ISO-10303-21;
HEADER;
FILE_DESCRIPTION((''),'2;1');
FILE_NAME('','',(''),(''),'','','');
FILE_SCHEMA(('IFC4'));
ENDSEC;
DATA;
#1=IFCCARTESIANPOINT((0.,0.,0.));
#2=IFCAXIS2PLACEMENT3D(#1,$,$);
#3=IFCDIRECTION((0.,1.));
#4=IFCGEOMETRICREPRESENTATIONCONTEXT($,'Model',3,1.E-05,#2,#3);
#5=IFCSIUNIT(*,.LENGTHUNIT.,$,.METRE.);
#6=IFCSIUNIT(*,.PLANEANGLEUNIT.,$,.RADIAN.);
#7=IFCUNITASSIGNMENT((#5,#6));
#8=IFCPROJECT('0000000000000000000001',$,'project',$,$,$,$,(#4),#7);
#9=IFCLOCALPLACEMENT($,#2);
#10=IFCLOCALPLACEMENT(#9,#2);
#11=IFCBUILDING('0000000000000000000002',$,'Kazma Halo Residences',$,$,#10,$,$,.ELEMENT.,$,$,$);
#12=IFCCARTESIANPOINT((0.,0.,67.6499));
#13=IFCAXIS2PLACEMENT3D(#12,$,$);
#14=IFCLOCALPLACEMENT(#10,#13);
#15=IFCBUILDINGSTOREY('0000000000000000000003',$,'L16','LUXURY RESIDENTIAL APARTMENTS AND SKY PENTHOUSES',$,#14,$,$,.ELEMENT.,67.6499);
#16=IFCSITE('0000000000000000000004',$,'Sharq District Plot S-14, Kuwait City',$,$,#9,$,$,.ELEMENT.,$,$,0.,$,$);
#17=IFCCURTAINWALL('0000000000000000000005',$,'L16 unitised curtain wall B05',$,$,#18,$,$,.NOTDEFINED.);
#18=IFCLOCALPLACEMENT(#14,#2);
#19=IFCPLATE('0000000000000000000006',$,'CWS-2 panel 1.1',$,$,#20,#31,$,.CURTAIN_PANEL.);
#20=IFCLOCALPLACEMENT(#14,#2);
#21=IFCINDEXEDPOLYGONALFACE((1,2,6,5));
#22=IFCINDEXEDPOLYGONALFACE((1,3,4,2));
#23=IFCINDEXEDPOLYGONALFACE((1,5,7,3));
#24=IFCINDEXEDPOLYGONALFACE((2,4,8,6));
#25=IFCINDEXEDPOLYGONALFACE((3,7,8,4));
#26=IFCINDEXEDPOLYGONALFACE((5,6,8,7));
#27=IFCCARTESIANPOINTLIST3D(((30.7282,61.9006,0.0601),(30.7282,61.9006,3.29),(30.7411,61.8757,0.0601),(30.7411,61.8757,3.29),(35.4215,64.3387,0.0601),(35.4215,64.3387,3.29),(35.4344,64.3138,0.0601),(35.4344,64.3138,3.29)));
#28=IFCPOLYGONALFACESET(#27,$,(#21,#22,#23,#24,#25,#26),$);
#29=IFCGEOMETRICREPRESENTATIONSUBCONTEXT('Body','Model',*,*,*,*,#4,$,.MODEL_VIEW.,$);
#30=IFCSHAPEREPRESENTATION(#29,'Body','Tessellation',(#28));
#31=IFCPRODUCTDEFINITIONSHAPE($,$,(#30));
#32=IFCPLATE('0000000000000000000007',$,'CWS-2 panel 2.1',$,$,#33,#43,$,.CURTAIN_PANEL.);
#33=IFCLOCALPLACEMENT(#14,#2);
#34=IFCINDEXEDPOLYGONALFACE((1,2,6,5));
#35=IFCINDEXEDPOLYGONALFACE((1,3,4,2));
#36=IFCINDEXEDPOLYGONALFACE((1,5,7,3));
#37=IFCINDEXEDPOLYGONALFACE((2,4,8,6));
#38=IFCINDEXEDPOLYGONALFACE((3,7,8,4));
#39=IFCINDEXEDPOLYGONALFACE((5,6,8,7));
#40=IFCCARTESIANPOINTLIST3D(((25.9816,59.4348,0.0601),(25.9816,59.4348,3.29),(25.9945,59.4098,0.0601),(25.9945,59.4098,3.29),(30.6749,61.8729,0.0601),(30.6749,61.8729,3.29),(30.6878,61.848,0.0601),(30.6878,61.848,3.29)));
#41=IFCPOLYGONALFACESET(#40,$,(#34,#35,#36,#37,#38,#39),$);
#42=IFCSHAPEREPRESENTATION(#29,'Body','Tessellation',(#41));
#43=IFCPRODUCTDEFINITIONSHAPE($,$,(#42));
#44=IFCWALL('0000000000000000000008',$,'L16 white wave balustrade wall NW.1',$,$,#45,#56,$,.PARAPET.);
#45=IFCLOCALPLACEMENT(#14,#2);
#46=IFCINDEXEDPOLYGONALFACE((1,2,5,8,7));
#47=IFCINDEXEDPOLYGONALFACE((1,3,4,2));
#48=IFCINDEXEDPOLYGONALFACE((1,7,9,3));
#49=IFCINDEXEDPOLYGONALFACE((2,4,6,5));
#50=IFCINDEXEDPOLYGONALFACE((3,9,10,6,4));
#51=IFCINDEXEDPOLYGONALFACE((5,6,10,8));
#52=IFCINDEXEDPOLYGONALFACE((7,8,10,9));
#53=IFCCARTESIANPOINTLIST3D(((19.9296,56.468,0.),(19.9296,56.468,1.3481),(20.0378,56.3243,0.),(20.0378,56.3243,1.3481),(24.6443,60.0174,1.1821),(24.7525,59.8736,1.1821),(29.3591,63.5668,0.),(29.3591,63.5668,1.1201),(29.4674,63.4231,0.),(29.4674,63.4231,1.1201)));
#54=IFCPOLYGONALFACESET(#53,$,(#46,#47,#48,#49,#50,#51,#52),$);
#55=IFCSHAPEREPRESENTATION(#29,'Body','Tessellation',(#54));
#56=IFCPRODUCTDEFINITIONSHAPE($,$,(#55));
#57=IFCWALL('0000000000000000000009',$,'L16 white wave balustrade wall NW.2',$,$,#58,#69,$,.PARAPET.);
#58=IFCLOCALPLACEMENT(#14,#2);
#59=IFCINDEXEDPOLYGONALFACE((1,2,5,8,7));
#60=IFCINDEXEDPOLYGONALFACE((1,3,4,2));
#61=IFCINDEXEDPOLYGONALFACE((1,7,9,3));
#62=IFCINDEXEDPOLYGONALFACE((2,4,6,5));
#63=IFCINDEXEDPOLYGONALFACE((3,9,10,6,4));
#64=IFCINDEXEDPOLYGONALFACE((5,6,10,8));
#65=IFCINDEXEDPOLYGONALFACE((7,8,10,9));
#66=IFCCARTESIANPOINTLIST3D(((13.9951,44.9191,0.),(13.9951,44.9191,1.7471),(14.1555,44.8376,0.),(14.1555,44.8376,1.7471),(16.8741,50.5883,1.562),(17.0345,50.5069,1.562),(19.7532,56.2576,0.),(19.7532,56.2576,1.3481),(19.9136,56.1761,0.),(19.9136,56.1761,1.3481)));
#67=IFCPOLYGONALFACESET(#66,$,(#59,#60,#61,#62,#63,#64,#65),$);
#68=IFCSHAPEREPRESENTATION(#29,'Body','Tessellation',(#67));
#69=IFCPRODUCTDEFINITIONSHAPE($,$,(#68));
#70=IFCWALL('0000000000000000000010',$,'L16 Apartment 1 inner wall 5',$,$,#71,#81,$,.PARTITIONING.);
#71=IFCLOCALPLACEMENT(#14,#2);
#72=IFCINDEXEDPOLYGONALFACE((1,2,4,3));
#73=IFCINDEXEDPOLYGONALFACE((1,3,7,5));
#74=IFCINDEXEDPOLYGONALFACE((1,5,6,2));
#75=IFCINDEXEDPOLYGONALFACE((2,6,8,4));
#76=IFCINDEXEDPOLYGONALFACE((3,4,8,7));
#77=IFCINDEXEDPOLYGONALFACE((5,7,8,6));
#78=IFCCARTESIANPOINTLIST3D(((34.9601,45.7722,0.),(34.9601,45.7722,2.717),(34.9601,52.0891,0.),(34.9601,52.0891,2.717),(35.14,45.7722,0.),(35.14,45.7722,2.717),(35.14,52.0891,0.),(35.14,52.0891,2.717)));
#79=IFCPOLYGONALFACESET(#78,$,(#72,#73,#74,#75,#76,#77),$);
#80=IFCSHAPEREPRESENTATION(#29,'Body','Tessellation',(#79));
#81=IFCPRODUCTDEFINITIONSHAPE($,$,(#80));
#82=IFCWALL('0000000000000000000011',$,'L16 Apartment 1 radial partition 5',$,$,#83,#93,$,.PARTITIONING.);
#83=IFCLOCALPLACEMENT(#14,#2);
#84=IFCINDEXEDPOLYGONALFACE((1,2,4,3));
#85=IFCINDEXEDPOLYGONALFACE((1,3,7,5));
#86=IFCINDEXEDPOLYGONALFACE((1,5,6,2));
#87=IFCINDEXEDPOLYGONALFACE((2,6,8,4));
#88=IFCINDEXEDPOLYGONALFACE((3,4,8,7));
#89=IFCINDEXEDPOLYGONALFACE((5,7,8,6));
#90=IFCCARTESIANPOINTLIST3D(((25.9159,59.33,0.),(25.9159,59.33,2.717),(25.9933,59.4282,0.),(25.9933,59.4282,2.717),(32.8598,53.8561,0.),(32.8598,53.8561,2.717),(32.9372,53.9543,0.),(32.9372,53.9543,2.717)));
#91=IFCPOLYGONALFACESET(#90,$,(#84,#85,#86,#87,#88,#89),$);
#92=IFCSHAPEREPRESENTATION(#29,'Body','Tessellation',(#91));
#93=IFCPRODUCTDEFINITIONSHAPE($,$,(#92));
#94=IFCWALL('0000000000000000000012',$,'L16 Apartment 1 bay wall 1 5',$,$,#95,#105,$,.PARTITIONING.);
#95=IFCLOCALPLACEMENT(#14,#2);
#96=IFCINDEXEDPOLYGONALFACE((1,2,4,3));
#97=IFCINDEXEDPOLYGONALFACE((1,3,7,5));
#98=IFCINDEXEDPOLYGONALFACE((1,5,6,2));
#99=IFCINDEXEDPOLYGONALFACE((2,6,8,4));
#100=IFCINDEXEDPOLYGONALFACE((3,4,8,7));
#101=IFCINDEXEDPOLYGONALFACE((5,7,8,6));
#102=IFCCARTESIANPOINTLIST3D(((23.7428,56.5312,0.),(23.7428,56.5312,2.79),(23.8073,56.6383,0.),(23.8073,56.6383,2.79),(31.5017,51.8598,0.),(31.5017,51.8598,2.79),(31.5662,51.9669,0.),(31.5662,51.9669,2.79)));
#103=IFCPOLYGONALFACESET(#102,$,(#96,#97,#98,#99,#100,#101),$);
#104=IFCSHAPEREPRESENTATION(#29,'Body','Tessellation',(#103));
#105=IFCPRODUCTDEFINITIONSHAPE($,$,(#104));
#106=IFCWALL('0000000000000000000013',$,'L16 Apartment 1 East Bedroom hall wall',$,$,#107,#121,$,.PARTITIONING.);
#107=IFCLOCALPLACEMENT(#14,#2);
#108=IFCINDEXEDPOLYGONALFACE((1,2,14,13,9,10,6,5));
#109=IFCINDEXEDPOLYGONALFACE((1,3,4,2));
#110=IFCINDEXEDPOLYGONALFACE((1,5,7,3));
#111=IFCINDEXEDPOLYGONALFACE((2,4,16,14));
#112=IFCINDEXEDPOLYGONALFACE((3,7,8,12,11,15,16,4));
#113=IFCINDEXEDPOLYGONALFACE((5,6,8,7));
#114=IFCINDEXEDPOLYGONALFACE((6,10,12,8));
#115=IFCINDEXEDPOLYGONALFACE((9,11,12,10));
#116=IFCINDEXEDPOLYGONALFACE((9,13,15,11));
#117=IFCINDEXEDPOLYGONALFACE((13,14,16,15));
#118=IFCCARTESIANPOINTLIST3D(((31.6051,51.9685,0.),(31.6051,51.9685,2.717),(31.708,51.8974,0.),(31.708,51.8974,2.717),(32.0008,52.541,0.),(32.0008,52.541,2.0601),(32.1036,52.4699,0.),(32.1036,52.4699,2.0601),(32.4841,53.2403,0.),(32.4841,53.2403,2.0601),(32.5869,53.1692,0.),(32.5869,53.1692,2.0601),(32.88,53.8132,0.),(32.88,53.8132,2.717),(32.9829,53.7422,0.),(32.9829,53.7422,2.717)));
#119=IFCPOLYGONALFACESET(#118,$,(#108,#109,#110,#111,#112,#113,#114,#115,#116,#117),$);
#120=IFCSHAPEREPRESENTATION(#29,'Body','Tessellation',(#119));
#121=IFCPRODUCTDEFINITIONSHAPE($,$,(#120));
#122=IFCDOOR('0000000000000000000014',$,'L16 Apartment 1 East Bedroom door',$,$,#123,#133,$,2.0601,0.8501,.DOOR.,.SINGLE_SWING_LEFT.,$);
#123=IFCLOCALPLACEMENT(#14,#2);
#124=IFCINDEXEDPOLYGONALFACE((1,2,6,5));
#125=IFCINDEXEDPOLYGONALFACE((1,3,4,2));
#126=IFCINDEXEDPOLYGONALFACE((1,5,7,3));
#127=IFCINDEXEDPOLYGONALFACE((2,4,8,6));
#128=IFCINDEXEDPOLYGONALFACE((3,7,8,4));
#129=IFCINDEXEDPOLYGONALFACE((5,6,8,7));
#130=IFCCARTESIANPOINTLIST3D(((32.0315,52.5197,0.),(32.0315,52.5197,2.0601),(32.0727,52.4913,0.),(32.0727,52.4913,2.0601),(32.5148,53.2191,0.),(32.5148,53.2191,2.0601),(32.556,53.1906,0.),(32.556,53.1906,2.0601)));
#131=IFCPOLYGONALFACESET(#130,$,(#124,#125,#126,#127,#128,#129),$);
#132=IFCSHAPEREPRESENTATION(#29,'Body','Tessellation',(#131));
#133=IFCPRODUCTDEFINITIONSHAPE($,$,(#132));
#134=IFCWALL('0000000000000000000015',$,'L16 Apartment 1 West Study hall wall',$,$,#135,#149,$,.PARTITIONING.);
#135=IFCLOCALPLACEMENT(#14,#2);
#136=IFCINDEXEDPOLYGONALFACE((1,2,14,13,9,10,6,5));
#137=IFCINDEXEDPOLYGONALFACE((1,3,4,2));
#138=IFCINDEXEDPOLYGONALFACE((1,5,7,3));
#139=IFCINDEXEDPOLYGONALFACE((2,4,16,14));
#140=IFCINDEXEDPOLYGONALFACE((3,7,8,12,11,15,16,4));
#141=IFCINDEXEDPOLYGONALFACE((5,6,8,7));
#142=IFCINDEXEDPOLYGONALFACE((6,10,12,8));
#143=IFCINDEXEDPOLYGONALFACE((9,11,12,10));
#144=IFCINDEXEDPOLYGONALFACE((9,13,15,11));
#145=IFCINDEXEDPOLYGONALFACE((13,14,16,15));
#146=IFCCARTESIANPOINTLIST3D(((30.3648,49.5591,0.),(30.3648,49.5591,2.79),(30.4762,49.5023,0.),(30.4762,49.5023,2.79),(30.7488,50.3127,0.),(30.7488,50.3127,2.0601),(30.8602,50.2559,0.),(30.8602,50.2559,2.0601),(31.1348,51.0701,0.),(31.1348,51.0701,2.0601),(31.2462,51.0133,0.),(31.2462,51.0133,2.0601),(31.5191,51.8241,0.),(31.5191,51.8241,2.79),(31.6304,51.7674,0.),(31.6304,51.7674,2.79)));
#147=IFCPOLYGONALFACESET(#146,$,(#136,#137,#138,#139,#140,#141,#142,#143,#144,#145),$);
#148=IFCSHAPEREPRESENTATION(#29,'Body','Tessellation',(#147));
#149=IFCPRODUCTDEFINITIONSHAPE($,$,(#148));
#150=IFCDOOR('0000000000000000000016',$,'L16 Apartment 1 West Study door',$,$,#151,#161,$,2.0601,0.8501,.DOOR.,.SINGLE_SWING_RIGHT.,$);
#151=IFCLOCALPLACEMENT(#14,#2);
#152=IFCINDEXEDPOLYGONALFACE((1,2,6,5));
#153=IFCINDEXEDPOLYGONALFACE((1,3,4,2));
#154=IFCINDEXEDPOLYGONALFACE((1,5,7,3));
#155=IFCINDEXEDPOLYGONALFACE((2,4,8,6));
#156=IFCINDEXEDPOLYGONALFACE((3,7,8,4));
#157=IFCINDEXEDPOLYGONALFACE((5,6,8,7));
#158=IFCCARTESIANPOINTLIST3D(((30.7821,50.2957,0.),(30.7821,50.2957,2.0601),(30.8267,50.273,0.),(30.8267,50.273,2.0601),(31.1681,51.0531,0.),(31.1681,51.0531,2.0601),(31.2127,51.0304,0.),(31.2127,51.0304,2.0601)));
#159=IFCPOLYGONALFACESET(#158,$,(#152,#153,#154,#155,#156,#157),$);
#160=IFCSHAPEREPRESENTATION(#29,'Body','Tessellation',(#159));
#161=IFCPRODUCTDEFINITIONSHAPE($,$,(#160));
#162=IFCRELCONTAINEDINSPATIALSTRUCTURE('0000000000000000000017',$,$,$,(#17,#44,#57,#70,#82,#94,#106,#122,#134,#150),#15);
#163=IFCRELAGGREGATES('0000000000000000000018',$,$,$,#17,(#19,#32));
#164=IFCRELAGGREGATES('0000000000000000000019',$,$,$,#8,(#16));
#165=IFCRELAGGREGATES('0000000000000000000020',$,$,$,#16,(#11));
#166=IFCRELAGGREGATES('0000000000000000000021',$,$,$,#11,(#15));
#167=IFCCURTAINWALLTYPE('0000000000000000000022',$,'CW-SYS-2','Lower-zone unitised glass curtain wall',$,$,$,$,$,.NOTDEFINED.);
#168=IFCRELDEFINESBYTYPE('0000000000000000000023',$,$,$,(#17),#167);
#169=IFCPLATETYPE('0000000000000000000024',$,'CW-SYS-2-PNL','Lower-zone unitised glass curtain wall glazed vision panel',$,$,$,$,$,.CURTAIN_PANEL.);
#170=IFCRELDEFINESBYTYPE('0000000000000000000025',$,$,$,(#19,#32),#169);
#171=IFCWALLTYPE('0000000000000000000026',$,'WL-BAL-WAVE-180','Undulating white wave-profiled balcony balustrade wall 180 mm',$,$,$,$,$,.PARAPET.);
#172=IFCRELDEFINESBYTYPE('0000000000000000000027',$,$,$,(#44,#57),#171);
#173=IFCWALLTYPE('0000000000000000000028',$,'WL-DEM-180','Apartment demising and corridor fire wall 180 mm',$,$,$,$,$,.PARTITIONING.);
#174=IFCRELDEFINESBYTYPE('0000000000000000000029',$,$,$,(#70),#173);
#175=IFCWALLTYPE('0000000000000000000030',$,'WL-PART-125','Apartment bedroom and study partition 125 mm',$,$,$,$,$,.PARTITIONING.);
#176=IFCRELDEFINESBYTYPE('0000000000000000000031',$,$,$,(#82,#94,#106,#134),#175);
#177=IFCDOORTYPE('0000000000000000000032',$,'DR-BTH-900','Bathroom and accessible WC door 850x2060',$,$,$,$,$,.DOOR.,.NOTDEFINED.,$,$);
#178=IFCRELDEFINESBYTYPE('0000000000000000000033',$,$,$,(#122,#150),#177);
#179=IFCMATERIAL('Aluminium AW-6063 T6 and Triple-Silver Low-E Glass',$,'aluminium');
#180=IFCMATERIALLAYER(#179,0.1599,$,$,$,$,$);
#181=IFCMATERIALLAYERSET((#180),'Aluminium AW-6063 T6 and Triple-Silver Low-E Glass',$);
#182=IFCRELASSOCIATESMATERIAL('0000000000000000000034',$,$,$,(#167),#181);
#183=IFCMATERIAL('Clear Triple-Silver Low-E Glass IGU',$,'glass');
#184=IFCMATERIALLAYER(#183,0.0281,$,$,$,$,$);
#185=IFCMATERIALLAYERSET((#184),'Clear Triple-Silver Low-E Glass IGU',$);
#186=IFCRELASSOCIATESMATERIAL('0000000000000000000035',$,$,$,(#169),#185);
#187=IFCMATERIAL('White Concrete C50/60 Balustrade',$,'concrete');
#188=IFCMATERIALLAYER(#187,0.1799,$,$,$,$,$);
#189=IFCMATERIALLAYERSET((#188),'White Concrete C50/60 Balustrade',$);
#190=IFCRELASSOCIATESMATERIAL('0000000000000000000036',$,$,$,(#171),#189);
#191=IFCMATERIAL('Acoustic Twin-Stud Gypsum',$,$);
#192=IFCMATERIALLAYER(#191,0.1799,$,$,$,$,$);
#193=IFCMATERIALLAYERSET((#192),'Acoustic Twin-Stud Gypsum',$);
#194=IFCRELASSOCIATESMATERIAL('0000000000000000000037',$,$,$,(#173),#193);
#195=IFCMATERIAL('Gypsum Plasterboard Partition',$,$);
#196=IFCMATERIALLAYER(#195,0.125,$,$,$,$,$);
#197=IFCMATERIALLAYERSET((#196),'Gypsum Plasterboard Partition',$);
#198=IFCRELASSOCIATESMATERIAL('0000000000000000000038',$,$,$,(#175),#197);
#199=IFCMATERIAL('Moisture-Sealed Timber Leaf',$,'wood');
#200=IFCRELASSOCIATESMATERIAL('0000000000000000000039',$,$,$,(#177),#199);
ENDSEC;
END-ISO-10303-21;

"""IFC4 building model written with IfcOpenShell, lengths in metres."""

from ifc_helpers import new_model, si_unit, direction, frame, frame_2d, origin, origin_2d, place, context, subcontext, project, spatial, polyline, rectangle, outline, extrude, material, layer, layer_set, type_object, element, fill, aggregate, save


model = new_model("IFC4")

# Units and contexts
model_context = context("Model", 3, precision=1e-05, world=origin(), true_north=direction((0.0, 1.0)))
body_context = subcontext(model_context, "Body", "Model", "MODEL_VIEW")
ifc_project = project(units=[si_unit("LENGTHUNIT", "METRE"), si_unit("PLANEANGLEUNIT", "RADIAN")], contexts=[model_context])

# Site, building, storey
site_placement = place(None, origin())
site = spatial("IfcSite", under=ifc_project, at=site_placement, Name="Sharq District Plot S-14, Kuwait City", CompositionType="ELEMENT", RefElevation=0.0)
building_placement = place(site_placement, origin())
building = spatial("IfcBuilding", under=site, at=building_placement, Name="Kazma Halo Residences", CompositionType="ELEMENT")
storey_placement = place(building_placement, frame((0.0, 0.0, 67.6499)))
storey = spatial("IfcBuildingStorey", under=building, at=storey_placement, Name="L16", Description="LUXURY RESIDENTIAL APARTMENTS AND SKY PENTHOUSES", CompositionType="ELEMENT", Elevation=67.6499)

# Curtain wall
ifc_material_1 = material(Name="Aluminium AW-6063 T6 and Triple-Silver Low-E Glass", Category="aluminium")
ifc_layer_1 = layer(ifc_material_1, 0.1599)
ifc_layer_set_1 = layer_set([ifc_layer_1], Name="Aluminium AW-6063 T6 and Triple-Silver Low-E Glass")
curtain_wall_type = type_object("IfcCurtainWallType", Name="CW-SYS-2", Description="Lower-zone unitised glass curtain wall", PredefinedType="NOTDEFINED", material=ifc_layer_set_1)
curtain_wall_1_placement = place(storey_placement, origin())
curtain_wall_1 = element("IfcCurtainWall", 1, at=curtain_wall_1_placement, inside=storey, type_object=curtain_wall_type, Name="L16 unitised curtain wall B05", PredefinedType="NOTDEFINED")

# Plates
ifc_material_2 = material(Name="Clear Triple-Silver Low-E Glass IGU", Category="glass")
ifc_layer_2 = layer(ifc_material_2, 0.0281)
ifc_layer_set_2 = layer_set([ifc_layer_2], Name="Clear Triple-Silver Low-E Glass IGU")
plate_type = type_object("IfcPlateType", Name="CW-SYS-2-PNL", Description="Lower-zone unitised glass curtain wall glazed vision panel", PredefinedType="CURTAIN_PANEL", material=ifc_layer_set_2)
plate_1_placement = place(storey_placement, frame((33.0813, 63.1072, 0.0601), z_axis=(0.0, 0.0, 1.0), x_axis=(-0.887402, -0.460996, 0.0)))
plate_1 = element("IfcPlate", 2, at=plate_1_placement, type_object=plate_type, Name="CWS-2 panel 1.1", PredefinedType="CURTAIN_PANEL", context=body_context, shape_type="SweptSolid", body=[
    extrude(rectangle(XDim=5.2888, YDim=0.0281, at=origin_2d()), origin(), (0.0, 0.0, 1.0), 3.23),
])
plate_2_placement = place(storey_placement, frame((28.3347, 60.6414, 0.0601), z_axis=(0.0, 0.0, 1.0), x_axis=(-0.887402, -0.460996, 0.0)))
plate_2 = element("IfcPlate", 3, at=plate_2_placement, type_object=plate_type, Name="CWS-2 panel 2.1", PredefinedType="CURTAIN_PANEL", context=body_context, shape_type="SweptSolid", body=[
    extrude(rectangle(XDim=5.2888, YDim=0.0281, at=origin_2d()), origin(), (0.0, 0.0, 1.0), 3.23),
])
aggregate(curtain_wall_1, [plate_1, plate_2])

# Walls
ifc_material_3 = material(Name="White Concrete C50/60 Balustrade", Category="concrete")
ifc_layer_3 = layer(ifc_material_3, 0.1799)
ifc_layer_set_3 = layer_set([ifc_layer_3], Name="White Concrete C50/60 Balustrade")
wall_type_1 = type_object("IfcWallType", Name="WL-BAL-WAVE-180", Description="Undulating white wave-profiled balcony balustrade wall 180 mm", PredefinedType="PARAPET", material=ifc_layer_set_3)
wall_1_placement = place(storey_placement, frame((29.4133, 63.4949, 0.0), z_axis=(0.0, 0.0, 1.0), x_axis=(-0.798916, -0.601442, 0.0)))
element("IfcWall", 4, at=wall_1_placement, inside=storey, type_object=wall_type_1, Name="L16 white wave balustrade wall NW.1", PredefinedType="PARAPET", context=body_context, shape_type="SweptSolid", body=[
    extrude(outline(polyline([(0.0, 0.0), (11.803, 0.0), (11.803, 1.3481), (5.9016, 1.1821), (0.0, 1.1201), (0.0, 0.0)])), frame((0.0, 0.0898, 0.0), z_axis=(0.0, -1.0, 0.0), x_axis=(1.0, 0.0, 0.0)), (0.0, 0.0, 1.0), 0.1799),
])
wall_2_placement = place(storey_placement, frame((19.8335, 56.2168, 0.0), z_axis=(0.0, 0.0, 1.0), x_axis=(-0.452795, -0.891614, 0.0)))
element("IfcWall", 5, at=wall_2_placement, inside=storey, type_object=wall_type_1, Name="L16 white wave balustrade wall NW.2", PredefinedType="PARAPET", context=body_context, shape_type="SweptSolid", body=[
    extrude(outline(polyline([(0.0, 0.0), (12.7168, 0.0), (12.7168, 1.7471), (6.3584, 1.562), (0.0, 1.3481), (0.0, 0.0)])), frame((0.0, 0.0898, 0.0), z_axis=(0.0, -1.0, 0.0), x_axis=(1.0, 0.0, 0.0)), (0.0, 0.0, 1.0), 0.1799),
])
ifc_material_4 = material(Name="Acoustic Twin-Stud Gypsum")
ifc_layer_4 = layer(ifc_material_4, 0.1799)
ifc_layer_set_4 = layer_set([ifc_layer_4], Name="Acoustic Twin-Stud Gypsum")
wall_type_2 = type_object("IfcWallType", Name="WL-DEM-180", Description="Apartment demising and corridor fire wall 180 mm", PredefinedType="PARTITIONING", material=ifc_layer_set_4)
wall_3_placement = place(storey_placement, frame((35.05, 52.0891, 0.0), z_axis=(0.0, 0.0, 1.0), x_axis=(0.0, -1.0, 0.0)))
element("IfcWall", 6, at=wall_3_placement, inside=storey, type_object=wall_type_2, Name="L16 Apartment 1 inner wall 5", PredefinedType="PARTITIONING", context=body_context, shape_type="SweptSolid", body=[
    extrude(rectangle(XDim=6.3169, YDim=0.1799, at=frame_2d((3.1584, 0.0))), origin(), (0.0, 0.0, 1.0), 2.717),
])

# Walls
ifc_material_5 = material(Name="Gypsum Plasterboard Partition")
ifc_layer_5 = layer(ifc_material_5, 0.125)
ifc_layer_set_5 = layer_set([ifc_layer_5], Name="Gypsum Plasterboard Partition")
wall_type_3 = type_object("IfcWallType", Name="WL-PART-125", Description="Apartment bedroom and study partition 125 mm", PredefinedType="PARTITIONING", material=ifc_layer_set_5)
wall_4_placement = place(storey_placement, frame((32.8984, 53.9053, 0.0), z_axis=(0.0, 0.0, 1.0), x_axis=(-0.785329, 0.619079, 0.0)))
element("IfcWall", 7, at=wall_4_placement, inside=storey, type_object=wall_type_3, Name="L16 Apartment 1 radial partition 5", PredefinedType="PARTITIONING", context=body_context, shape_type="SweptSolid", body=[
    extrude(rectangle(XDim=8.842, YDim=0.125, at=frame_2d((4.4209, 0.0))), origin(), (0.0, 0.0, 1.0), 2.717),
])
wall_5_placement = place(storey_placement, frame((31.5339, 51.9133, 0.0), z_axis=(0.0, 0.0, 1.0), x_axis=(-0.856707, 0.515803, 0.0)))
element("IfcWall", 8, at=wall_5_placement, inside=storey, type_object=wall_type_3, Name="L16 Apartment 1 bay wall 1 5", PredefinedType="PARTITIONING", context=body_context, shape_type="SweptSolid", body=[
    extrude(rectangle(XDim=9.0566, YDim=0.125, at=frame_2d((4.5283, 0.0))), origin(), (0.0, 0.0, 1.0), 2.79),
])

# Walls, openings, doors
wall_6_placement = place(storey_placement, frame((32.9314, 53.7776, 0.0), z_axis=(0.0, 0.0, 1.0), x_axis=(-0.568542, -0.822654, 0.0)))
wall_6 = element("IfcWall", 9, at=wall_6_placement, inside=storey, type_object=wall_type_3, Name="L16 Apartment 1 East Bedroom hall wall", PredefinedType="PARTITIONING", context=body_context, shape_type="SweptSolid", body=[
    extrude(rectangle(XDim=2.2424, YDim=0.125, at=frame_2d((1.1211, 0.0))), origin(), (0.0, 0.0, 1.0), 2.717),
])
opening_1_placement = place(wall_6_placement, frame((0.6963, 0.0, 0.0)))
opening_1 = element("IfcOpeningElement", 10, at=opening_1_placement, cuts=wall_6, PredefinedType="OPENING", context=body_context, shape_type="SweptSolid", body=[
    extrude(rectangle(XDim=0.8501, YDim=2.0601, at=frame_2d((0.425, 1.03))), frame((0.0, 0.0725, 0.0), z_axis=(0.0, -1.0, 0.0), x_axis=(1.0, 0.0, 0.0)), (0.0, 0.0, 1.0), 0.145),
])
ifc_material_6 = material(Name="Moisture-Sealed Timber Leaf", Category="wood")
door_type_1 = type_object("IfcDoorType", Name="DR-BTH-900", Description="Bathroom and accessible WC door 850x2060", OperationType="NOTDEFINED", PredefinedType="DOOR", material=ifc_material_6)
door_1_placement = place(opening_1_placement, origin())
door_1 = element("IfcDoor", 11, at=door_1_placement, inside=storey, type_object=door_type_1, Name="L16 Apartment 1 East Bedroom door", OperationType="SINGLE_SWING_LEFT", OverallHeight=2.0601, OverallWidth=0.8501, PredefinedType="DOOR", context=body_context, shape_type="SweptSolid", body=[
    extrude(rectangle(XDim=0.8501, YDim=2.0601, at=frame_2d((0.425, 1.03))), frame((0.0, 0.0249, 0.0), z_axis=(0.0, -1.0, 0.0), x_axis=(1.0, 0.0, 0.0)), (0.0, 0.0, 1.0), 0.05),
])
fill(opening_1, door_1)
wall_7_placement = place(storey_placement, frame((31.5747, 51.7957, 0.0), z_axis=(0.0, 0.0, 1.0), x_axis=(-0.454038, -0.890982, 0.0)))
wall_7 = element("IfcWall", 12, at=wall_7_placement, inside=storey, type_object=wall_type_3, Name="L16 Apartment 1 West Study hall wall", PredefinedType="PARTITIONING", context=body_context, shape_type="SweptSolid", body=[
    extrude(rectangle(XDim=2.5422, YDim=0.125, at=frame_2d((1.271, 0.0))), origin(), (0.0, 0.0, 1.0), 2.79),
])
opening_2_placement = place(wall_7_placement, frame((0.8462, 0.0, 0.0)))
opening_2 = element("IfcOpeningElement", 13, at=opening_2_placement, cuts=wall_7, PredefinedType="OPENING", context=body_context, shape_type="SweptSolid", body=[
    extrude(rectangle(XDim=0.8501, YDim=2.0601, at=frame_2d((0.425, 1.03))), frame((0.0, 0.0725, 0.0), z_axis=(0.0, -1.0, 0.0), x_axis=(1.0, 0.0, 0.0)), (0.0, 0.0, 1.0), 0.145),
])
door_2_placement = place(opening_2_placement, origin())
door_2 = element("IfcDoor", 14, at=door_2_placement, inside=storey, type_object=door_type_1, Name="L16 Apartment 1 West Study door", OperationType="SINGLE_SWING_RIGHT", OverallHeight=2.0601, OverallWidth=0.8501, PredefinedType="DOOR", context=body_context, shape_type="SweptSolid", body=[
    extrude(rectangle(XDim=0.8501, YDim=2.0601, at=frame_2d((0.425, 1.03))), frame((0.0, 0.0249, 0.0), z_axis=(0.0, -1.0, 0.0), x_axis=(1.0, 0.0, 0.0)), (0.0, 0.0, 1.0), 0.05),
])
fill(opening_2, door_2)

save(model, "model.ifc")
